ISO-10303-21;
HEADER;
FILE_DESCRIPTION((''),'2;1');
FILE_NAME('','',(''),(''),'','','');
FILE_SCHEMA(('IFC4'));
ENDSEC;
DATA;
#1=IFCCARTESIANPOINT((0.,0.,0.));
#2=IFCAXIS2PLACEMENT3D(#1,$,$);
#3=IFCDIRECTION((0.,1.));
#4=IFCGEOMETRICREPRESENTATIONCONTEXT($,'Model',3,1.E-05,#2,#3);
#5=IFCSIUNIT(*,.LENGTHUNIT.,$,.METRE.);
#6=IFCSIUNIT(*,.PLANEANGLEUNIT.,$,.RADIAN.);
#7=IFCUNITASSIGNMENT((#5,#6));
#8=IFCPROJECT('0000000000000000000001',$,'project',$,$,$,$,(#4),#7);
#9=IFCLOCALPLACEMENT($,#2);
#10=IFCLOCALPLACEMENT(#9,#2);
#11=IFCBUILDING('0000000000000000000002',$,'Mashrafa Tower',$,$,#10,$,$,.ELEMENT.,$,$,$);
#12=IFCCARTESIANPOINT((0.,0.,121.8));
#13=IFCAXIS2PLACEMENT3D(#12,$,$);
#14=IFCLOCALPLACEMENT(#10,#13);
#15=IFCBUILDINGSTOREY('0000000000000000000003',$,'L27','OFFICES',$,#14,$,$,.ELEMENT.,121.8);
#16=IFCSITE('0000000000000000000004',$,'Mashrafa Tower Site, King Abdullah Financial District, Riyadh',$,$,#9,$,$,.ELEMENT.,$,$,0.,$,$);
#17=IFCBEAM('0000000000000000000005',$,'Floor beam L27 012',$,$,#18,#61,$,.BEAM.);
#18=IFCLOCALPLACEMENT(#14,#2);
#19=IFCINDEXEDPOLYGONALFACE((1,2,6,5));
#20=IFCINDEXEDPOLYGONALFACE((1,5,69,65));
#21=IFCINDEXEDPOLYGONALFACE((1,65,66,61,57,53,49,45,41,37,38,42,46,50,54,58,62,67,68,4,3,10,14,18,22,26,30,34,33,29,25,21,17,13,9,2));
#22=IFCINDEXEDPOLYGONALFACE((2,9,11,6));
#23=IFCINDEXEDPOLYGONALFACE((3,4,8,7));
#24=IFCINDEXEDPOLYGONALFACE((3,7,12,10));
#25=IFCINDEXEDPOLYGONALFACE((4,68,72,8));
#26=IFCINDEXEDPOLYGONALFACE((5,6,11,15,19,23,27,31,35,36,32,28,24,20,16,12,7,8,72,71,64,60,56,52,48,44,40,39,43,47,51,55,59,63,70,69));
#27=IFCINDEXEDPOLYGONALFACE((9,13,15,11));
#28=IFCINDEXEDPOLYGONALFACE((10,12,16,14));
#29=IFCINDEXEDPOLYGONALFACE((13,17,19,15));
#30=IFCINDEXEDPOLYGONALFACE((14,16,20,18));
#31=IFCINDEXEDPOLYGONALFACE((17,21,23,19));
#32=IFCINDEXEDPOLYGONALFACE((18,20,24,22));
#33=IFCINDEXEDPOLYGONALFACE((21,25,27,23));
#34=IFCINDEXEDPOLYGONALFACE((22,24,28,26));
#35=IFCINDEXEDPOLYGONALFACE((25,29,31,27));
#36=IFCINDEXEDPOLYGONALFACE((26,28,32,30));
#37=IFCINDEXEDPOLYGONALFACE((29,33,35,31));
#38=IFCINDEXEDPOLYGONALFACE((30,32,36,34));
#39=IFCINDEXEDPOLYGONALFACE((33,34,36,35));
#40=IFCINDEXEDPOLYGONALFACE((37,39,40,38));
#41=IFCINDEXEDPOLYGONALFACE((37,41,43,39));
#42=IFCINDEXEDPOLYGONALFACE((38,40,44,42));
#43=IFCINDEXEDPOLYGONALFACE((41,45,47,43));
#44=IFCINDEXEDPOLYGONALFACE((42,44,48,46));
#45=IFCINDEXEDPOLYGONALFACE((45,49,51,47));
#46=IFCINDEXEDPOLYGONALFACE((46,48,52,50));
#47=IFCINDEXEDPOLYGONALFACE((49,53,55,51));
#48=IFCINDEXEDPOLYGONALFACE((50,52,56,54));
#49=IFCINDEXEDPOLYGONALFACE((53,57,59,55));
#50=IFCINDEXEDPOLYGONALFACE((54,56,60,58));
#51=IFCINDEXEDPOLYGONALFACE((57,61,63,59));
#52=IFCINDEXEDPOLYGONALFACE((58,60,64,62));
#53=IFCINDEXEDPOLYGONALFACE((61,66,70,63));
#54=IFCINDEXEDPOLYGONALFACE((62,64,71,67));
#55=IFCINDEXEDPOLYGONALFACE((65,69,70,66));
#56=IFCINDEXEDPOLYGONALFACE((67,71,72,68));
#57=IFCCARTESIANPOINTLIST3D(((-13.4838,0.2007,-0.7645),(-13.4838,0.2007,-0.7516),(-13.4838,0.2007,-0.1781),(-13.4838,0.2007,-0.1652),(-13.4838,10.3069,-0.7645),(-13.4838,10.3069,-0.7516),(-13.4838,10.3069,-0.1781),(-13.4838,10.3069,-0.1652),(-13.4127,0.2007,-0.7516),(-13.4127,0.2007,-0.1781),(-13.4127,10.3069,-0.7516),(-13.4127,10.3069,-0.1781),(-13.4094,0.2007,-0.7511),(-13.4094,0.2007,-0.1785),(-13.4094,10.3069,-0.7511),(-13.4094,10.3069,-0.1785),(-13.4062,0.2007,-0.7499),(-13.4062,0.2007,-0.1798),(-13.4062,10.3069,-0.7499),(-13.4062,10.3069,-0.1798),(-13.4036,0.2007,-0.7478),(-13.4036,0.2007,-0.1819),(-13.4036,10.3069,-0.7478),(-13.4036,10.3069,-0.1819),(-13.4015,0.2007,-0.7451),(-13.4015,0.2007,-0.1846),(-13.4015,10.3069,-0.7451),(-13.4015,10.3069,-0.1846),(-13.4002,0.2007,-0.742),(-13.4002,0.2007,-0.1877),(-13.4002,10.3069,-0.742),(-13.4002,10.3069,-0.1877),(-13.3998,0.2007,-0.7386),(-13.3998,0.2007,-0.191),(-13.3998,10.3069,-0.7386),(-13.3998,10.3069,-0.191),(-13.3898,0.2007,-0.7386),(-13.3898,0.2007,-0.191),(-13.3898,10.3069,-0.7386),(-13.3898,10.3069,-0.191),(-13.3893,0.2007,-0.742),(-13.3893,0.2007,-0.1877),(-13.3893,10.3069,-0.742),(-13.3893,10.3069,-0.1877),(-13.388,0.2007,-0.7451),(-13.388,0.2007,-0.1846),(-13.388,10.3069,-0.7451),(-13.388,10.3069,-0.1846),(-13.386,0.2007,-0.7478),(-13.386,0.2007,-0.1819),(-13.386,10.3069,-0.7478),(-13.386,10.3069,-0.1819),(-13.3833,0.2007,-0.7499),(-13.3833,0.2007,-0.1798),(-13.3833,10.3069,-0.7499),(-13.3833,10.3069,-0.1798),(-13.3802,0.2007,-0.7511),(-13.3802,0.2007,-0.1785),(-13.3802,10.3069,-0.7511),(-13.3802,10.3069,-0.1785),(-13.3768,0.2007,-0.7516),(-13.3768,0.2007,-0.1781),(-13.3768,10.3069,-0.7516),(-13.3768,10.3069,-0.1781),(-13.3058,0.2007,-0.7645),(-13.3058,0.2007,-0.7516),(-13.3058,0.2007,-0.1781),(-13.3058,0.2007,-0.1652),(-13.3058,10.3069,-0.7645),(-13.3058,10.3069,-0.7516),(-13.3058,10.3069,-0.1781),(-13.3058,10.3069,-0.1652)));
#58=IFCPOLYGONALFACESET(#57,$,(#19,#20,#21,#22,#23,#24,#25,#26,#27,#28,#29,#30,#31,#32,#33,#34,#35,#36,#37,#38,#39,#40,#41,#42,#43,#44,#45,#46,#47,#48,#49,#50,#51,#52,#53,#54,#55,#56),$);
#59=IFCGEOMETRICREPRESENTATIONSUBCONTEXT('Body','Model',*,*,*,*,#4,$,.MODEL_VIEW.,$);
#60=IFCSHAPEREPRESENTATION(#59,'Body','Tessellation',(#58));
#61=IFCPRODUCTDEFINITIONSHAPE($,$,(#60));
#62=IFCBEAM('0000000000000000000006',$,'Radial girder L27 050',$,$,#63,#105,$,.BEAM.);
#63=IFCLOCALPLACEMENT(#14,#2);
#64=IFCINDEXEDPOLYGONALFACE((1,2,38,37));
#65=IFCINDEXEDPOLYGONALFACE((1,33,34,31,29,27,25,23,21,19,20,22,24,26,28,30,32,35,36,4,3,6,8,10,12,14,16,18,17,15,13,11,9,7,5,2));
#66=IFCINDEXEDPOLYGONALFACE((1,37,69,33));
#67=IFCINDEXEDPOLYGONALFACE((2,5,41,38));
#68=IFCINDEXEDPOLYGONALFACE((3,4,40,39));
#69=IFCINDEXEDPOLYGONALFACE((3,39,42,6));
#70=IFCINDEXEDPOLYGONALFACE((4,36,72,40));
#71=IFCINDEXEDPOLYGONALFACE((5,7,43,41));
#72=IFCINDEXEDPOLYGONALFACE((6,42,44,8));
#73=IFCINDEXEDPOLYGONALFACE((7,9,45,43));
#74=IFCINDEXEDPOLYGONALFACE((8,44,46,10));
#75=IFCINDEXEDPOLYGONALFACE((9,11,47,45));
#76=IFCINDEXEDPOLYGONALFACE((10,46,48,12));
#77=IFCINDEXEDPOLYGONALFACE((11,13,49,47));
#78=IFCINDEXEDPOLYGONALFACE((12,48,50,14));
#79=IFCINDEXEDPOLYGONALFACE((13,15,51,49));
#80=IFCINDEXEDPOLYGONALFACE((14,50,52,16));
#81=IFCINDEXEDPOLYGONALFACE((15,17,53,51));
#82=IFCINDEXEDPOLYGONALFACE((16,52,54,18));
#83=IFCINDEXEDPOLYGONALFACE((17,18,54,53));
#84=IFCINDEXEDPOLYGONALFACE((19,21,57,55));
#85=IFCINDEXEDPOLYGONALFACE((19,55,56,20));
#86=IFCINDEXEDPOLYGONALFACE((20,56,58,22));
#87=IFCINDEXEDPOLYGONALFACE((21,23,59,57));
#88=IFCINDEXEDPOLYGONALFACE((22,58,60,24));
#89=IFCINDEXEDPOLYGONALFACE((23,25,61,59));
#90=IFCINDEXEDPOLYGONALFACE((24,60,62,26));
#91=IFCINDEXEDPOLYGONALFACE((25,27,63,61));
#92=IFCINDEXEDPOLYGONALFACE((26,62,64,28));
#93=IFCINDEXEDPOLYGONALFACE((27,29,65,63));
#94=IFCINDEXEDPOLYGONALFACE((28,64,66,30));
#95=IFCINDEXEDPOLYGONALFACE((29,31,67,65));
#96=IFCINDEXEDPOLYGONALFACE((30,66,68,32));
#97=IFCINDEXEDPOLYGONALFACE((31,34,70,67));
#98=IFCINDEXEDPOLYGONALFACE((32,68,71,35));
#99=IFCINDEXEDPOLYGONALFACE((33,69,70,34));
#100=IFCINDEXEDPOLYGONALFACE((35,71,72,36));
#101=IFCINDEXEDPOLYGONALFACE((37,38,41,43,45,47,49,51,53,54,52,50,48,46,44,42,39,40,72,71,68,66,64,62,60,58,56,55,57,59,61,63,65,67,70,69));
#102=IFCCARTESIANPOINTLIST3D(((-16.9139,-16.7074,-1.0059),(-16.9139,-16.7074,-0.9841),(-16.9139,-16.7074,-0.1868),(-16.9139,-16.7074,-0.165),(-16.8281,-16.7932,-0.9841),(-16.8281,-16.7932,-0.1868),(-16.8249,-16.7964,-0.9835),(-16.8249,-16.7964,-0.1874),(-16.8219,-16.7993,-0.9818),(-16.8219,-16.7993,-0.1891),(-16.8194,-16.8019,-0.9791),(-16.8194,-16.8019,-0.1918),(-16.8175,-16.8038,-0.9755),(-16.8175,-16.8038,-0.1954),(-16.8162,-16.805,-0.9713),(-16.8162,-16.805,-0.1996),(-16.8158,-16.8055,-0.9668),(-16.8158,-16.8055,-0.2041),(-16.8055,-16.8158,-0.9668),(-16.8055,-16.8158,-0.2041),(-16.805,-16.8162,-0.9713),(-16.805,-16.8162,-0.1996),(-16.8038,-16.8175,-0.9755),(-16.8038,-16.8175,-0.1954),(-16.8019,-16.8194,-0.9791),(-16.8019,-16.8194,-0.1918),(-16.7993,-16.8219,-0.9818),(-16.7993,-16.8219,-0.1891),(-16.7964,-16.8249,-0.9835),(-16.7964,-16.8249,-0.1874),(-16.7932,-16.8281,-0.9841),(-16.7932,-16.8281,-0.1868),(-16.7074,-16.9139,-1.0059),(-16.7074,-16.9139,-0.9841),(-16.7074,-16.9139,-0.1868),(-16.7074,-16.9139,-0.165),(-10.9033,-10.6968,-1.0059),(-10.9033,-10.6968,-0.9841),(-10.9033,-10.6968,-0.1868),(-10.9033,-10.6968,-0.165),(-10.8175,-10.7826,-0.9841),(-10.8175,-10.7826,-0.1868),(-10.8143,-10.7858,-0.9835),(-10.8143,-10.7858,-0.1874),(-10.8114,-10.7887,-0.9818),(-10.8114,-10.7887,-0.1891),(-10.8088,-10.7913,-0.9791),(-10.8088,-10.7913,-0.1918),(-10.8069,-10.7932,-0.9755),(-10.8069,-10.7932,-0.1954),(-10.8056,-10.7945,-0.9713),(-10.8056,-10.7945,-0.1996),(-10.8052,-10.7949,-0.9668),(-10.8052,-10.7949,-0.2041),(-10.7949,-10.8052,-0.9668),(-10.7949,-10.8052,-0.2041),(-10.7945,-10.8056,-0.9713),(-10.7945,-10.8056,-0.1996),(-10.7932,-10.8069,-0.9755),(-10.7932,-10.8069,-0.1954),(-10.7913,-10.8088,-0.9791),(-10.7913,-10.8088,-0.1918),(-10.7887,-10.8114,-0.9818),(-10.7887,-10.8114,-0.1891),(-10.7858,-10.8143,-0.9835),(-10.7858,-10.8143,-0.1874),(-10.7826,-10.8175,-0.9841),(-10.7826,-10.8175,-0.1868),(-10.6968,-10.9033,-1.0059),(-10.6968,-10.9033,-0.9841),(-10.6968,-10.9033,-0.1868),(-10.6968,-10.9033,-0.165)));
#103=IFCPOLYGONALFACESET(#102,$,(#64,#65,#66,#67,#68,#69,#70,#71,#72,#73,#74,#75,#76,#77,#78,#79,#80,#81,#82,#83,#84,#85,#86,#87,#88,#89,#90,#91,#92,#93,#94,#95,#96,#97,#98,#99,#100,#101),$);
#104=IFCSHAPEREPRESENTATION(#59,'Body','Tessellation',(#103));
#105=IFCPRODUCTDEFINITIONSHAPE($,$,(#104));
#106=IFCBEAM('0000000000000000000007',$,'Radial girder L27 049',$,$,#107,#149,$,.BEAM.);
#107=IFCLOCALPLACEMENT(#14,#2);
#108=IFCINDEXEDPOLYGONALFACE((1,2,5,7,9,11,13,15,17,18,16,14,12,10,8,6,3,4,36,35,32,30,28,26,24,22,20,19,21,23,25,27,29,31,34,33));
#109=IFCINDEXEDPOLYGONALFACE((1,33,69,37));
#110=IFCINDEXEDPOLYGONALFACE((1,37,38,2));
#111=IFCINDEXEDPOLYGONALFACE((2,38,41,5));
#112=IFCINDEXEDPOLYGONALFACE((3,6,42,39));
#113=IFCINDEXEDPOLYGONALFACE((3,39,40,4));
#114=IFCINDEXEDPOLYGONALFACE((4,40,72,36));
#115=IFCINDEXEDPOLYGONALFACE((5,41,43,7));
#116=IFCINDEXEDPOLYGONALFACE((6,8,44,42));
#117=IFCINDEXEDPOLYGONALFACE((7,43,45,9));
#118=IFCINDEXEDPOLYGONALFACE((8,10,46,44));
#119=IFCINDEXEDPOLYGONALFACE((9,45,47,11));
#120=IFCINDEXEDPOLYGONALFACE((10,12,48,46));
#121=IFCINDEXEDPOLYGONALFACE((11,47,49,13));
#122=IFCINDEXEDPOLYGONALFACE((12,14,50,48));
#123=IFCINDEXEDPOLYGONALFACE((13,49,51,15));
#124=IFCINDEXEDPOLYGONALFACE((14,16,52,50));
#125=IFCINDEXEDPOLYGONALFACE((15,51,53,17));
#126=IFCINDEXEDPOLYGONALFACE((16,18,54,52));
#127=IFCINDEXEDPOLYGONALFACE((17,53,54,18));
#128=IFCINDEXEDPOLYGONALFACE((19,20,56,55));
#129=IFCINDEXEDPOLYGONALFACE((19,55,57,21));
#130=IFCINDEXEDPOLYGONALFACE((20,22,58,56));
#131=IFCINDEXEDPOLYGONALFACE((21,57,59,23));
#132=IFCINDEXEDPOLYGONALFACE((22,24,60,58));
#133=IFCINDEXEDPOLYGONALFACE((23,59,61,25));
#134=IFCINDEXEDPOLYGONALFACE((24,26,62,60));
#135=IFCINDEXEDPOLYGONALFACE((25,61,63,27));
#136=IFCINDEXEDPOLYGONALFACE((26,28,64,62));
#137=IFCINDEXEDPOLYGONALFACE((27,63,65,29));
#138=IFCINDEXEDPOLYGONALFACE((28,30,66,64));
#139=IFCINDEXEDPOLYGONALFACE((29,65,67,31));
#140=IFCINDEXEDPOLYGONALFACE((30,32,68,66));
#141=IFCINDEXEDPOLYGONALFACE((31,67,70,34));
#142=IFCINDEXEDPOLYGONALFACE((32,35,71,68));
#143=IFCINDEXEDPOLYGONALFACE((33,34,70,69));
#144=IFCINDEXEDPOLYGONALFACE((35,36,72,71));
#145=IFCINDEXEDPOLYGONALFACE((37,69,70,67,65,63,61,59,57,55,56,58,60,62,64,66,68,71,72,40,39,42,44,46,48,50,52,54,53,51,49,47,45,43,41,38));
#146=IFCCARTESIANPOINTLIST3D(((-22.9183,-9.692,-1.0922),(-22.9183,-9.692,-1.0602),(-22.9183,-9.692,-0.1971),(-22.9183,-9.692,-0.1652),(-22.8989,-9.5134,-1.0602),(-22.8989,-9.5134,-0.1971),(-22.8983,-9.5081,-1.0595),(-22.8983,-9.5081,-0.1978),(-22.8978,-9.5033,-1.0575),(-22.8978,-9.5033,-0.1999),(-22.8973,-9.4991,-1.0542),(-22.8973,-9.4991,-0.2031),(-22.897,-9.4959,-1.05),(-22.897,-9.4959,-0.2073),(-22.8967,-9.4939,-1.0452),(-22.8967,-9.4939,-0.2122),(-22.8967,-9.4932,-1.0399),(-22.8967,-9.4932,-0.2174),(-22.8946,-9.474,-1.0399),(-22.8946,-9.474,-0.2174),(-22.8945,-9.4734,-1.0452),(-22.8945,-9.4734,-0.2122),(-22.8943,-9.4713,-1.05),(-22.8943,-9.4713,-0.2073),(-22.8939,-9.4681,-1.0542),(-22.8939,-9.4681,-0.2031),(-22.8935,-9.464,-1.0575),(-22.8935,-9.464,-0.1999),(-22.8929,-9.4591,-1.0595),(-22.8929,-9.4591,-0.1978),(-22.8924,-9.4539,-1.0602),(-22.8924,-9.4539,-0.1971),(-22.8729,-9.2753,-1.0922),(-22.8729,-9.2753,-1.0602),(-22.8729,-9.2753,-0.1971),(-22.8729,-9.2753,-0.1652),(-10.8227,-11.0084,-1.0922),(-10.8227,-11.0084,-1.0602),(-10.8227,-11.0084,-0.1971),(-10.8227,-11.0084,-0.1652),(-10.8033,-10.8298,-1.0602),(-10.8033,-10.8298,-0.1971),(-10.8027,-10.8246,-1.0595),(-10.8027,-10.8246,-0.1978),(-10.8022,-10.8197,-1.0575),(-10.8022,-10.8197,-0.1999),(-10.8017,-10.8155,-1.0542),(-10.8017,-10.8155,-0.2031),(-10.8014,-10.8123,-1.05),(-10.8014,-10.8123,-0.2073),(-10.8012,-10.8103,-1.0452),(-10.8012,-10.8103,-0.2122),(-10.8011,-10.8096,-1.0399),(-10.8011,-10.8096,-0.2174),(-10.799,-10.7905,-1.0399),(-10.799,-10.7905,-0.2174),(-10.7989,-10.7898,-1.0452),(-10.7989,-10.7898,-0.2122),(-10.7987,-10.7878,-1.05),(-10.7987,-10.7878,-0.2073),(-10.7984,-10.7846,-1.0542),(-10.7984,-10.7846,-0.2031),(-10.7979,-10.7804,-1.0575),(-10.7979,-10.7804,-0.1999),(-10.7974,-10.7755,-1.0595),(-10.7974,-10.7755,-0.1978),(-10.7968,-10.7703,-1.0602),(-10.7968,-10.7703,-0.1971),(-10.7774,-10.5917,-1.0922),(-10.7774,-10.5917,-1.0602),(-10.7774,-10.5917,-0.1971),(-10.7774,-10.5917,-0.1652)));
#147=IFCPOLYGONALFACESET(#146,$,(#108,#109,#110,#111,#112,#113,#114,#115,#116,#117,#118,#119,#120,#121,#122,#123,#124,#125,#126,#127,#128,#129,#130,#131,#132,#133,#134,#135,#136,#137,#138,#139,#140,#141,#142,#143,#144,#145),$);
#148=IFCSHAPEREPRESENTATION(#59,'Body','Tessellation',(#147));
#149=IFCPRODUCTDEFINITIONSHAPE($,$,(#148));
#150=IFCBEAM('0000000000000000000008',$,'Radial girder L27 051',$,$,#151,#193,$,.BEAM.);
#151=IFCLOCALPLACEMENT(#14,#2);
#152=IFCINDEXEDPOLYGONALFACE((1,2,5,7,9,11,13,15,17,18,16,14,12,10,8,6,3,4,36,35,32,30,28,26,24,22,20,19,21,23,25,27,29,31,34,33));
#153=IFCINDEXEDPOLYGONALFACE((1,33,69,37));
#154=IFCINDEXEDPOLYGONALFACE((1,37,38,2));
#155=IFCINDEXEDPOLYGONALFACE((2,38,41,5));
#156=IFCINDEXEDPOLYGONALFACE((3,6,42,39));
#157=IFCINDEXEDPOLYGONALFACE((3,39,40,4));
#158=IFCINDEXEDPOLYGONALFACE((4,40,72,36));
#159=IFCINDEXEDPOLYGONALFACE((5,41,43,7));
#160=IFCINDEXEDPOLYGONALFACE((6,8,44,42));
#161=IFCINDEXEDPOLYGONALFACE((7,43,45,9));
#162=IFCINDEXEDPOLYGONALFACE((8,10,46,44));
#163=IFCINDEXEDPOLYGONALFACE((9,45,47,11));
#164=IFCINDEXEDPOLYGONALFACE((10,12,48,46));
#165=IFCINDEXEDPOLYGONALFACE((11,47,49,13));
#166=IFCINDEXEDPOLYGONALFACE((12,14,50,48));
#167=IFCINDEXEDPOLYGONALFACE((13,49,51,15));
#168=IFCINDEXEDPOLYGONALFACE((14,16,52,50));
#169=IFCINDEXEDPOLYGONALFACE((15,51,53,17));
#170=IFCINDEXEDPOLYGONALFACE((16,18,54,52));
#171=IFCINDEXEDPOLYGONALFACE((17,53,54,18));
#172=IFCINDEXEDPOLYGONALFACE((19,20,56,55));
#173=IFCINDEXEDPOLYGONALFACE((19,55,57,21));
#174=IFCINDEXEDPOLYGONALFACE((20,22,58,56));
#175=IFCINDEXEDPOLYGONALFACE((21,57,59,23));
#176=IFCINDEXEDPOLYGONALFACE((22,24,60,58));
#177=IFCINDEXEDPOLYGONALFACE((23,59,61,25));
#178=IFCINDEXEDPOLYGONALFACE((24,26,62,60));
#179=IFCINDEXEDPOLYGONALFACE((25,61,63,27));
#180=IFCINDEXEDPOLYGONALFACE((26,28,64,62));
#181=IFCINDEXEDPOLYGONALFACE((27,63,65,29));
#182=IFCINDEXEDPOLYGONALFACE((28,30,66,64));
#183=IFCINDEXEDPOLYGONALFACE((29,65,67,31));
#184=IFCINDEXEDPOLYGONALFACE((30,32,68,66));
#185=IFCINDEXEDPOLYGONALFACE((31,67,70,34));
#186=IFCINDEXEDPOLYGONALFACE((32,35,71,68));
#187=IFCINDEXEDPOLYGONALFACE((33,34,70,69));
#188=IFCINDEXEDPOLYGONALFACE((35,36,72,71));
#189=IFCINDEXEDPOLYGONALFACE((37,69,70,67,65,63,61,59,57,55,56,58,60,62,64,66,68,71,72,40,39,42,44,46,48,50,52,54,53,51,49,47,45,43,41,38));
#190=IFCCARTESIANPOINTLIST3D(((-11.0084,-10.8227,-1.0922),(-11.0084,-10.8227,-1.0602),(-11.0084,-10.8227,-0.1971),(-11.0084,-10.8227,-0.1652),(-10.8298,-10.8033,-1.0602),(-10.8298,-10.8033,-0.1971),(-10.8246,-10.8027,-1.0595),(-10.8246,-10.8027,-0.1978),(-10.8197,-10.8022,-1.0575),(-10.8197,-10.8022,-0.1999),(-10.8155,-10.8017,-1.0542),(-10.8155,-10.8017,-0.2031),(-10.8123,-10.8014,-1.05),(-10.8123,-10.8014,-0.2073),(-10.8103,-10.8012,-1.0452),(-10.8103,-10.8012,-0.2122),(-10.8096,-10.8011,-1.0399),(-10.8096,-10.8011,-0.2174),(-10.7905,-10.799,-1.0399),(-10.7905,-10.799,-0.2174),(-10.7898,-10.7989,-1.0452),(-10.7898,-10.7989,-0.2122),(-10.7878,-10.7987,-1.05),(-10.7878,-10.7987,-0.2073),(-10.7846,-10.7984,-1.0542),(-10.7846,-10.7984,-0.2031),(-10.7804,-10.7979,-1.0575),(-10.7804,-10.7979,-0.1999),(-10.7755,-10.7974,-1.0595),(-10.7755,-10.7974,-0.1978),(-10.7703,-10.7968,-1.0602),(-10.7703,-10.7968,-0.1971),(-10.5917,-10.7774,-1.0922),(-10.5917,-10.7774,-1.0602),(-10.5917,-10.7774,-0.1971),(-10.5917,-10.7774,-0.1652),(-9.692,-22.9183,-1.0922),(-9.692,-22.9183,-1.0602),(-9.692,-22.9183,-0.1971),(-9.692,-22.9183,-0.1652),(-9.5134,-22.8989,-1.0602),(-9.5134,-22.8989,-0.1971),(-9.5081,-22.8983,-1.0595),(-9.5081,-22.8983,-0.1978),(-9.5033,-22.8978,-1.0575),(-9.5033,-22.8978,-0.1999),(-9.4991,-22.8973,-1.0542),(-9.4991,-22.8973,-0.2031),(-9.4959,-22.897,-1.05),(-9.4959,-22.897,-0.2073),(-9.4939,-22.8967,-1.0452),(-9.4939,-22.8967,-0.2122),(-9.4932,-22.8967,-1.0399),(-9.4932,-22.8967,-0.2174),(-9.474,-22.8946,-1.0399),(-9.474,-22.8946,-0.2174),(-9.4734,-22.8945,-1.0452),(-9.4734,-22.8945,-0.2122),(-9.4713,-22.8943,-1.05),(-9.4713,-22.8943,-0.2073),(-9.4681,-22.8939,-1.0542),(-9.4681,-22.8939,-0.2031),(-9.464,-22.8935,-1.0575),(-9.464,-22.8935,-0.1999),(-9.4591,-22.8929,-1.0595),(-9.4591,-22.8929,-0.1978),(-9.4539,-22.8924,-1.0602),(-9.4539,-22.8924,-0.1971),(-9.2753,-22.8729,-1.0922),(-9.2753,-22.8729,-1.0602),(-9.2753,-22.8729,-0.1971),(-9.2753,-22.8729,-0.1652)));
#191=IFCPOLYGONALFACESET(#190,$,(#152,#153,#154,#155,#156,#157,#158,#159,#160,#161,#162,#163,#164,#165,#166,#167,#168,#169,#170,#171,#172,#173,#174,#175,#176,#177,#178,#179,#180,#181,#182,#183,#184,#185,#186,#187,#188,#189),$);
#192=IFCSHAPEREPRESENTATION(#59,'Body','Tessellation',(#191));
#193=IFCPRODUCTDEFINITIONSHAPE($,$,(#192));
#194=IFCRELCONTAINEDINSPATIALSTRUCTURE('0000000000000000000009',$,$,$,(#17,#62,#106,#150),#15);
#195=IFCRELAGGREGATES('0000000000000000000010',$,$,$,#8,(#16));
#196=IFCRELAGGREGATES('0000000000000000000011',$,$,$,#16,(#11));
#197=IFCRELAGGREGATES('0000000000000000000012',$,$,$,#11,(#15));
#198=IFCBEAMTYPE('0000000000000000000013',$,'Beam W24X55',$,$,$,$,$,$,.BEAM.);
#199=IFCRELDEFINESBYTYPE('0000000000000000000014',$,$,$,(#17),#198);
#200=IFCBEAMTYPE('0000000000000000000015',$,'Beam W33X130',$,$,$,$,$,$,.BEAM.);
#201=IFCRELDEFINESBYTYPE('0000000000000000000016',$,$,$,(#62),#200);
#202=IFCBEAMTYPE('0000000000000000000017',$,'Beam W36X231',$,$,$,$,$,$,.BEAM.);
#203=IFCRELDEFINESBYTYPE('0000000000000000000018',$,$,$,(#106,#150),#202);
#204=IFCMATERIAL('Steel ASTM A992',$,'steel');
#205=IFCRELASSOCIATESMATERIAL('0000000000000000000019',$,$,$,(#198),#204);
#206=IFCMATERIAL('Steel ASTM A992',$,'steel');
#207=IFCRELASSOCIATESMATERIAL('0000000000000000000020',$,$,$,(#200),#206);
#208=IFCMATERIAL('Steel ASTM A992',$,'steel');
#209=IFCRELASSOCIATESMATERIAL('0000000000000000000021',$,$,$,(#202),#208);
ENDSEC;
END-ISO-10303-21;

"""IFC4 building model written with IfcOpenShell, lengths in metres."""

from ifc_helpers import new_model, si_unit, direction, frame, origin, origin_2d, place, context, subcontext, project, spatial, i_section, extrude, material, material_profile, profile_set, type_object, element, save


model = new_model("IFC4")

# Units and contexts
model_context = context("Model", 3, precision=1e-05, world=origin(), true_north=direction((0.0, 1.0)))
body_context = subcontext(model_context, "Body", "Model", "MODEL_VIEW")
ifc_project = project(units=[si_unit("LENGTHUNIT", "METRE"), si_unit("PLANEANGLEUNIT", "RADIAN")], contexts=[model_context])

# Site, building, storey
site_placement = place(None, origin())
site = spatial("IfcSite", under=ifc_project, at=site_placement, Name="Mashrafa Tower Site, King Abdullah Financial District, Riyadh", CompositionType="ELEMENT", RefElevation=0.0)
building_placement = place(site_placement, origin())
building = spatial("IfcBuilding", under=site, at=building_placement, Name="Mashrafa Tower", CompositionType="ELEMENT")
storey_placement = place(building_placement, frame((0.0, 0.0, 121.8)))
storey = spatial("IfcBuildingStorey", under=building, at=storey_placement, Name="L27", Description="OFFICES", CompositionType="ELEMENT", Elevation=121.8)

# Beams
ifc_material_1 = material(Name="Steel ASTM A992", Category="steel")
ifc_material_profile_1 = material_profile(ifc_material_1, i_section(OverallWidth=0.178, OverallDepth=0.5994, WebThickness=0.01, FlangeThickness=0.0129, FilletRadius=0.0129, at=origin_2d()), Name="W24X55")
ifc_profile_set_1 = profile_set([ifc_material_profile_1], Name="Steel ASTM A992")
beam_type_1 = type_object("IfcBeamType", Name="Beam W24X55", PredefinedType="BEAM", material=ifc_profile_set_1)
for number, where, z_axis, x_axis, name in (
    (1, (-13.3948, 0.2007, -0.4648), (0.0, 1.0, 0.0), (-1.0, 0.0, 0.0), "Floor beam L27 012"),
):
    element("IfcBeam", number, at=place(storey_placement, frame(where, z_axis=z_axis, x_axis=x_axis)), inside=storey, type_object=beam_type_1, Name=name, PredefinedType="BEAM", context=body_context, shape_type="SweptSolid", body=[
        extrude(i_section(OverallWidth=0.178, OverallDepth=0.5994, WebThickness=0.01, FlangeThickness=0.0129, FilletRadius=0.0129, at=origin_2d()), origin(), (0.0, 0.0, 1.0), 10.1062),
    ])
ifc_material_2 = material(Name="Steel ASTM A992", Category="steel")
ifc_material_profile_2 = material_profile(ifc_material_2, i_section(OverallWidth=0.292, OverallDepth=0.8408, WebThickness=0.0146, FlangeThickness=0.0217, FilletRadius=0.0173, at=origin_2d()), Name="W33X130")
ifc_profile_set_2 = profile_set([ifc_material_profile_2], Name="Steel ASTM A992")
beam_type_2 = type_object("IfcBeamType", Name="Beam W33X130", PredefinedType="BEAM", material=ifc_profile_set_2)
beam_1_placement = place(storey_placement, frame((-10.8, -10.8, -0.5854), z_axis=(-0.707107, -0.707107, 0.0), x_axis=(0.707107, -0.707107, 0.0)))
element("IfcBeam", 2, at=beam_1_placement, inside=storey, type_object=beam_type_2, Name="Radial girder L27 050", PredefinedType="BEAM", context=body_context, shape_type="SweptSolid", body=[
    extrude(i_section(OverallWidth=0.292, OverallDepth=0.8408, WebThickness=0.0146, FlangeThickness=0.0217, FilletRadius=0.0173, at=origin_2d()), origin(), (0.0, 0.0, 1.0), 8.5002),
])
ifc_material_3 = material(Name="Steel ASTM A992", Category="steel")
ifc_material_profile_3 = material_profile(ifc_material_3, i_section(OverallWidth=0.4192, OverallDepth=0.927, WebThickness=0.0193, FlangeThickness=0.032, FilletRadius=0.0203, at=origin_2d()), Name="W36X231")
ifc_profile_set_3 = profile_set([ifc_material_profile_3], Name="Steel ASTM A992")
beam_type_3 = type_object("IfcBeamType", Name="Beam W36X231", PredefinedType="BEAM", material=ifc_profile_set_3)
for number, where, z_axis, x_axis, name in (
    (3, (-10.8, -10.8, -0.6287), (-0.99413, 0.108196, 0.0), (-0.108196, -0.99413, 0.0), "Radial girder L27 049"),
    (4, (-10.8, -10.8, -0.6287), (0.108196, -0.99413, 0.0), (0.99413, 0.108196, 0.0), "Radial girder L27 051"),
):
    element("IfcBeam", number, at=place(storey_placement, frame(where, z_axis=z_axis, x_axis=x_axis)), inside=storey, type_object=beam_type_3, Name=name, PredefinedType="BEAM", context=body_context, shape_type="SweptSolid", body=[
        extrude(i_section(OverallWidth=0.4192, OverallDepth=0.927, WebThickness=0.0193, FlangeThickness=0.032, FilletRadius=0.0203, at=origin_2d()), origin(), (0.0, 0.0, 1.0), 12.167),
    ])

save(model, "model.ifc")
